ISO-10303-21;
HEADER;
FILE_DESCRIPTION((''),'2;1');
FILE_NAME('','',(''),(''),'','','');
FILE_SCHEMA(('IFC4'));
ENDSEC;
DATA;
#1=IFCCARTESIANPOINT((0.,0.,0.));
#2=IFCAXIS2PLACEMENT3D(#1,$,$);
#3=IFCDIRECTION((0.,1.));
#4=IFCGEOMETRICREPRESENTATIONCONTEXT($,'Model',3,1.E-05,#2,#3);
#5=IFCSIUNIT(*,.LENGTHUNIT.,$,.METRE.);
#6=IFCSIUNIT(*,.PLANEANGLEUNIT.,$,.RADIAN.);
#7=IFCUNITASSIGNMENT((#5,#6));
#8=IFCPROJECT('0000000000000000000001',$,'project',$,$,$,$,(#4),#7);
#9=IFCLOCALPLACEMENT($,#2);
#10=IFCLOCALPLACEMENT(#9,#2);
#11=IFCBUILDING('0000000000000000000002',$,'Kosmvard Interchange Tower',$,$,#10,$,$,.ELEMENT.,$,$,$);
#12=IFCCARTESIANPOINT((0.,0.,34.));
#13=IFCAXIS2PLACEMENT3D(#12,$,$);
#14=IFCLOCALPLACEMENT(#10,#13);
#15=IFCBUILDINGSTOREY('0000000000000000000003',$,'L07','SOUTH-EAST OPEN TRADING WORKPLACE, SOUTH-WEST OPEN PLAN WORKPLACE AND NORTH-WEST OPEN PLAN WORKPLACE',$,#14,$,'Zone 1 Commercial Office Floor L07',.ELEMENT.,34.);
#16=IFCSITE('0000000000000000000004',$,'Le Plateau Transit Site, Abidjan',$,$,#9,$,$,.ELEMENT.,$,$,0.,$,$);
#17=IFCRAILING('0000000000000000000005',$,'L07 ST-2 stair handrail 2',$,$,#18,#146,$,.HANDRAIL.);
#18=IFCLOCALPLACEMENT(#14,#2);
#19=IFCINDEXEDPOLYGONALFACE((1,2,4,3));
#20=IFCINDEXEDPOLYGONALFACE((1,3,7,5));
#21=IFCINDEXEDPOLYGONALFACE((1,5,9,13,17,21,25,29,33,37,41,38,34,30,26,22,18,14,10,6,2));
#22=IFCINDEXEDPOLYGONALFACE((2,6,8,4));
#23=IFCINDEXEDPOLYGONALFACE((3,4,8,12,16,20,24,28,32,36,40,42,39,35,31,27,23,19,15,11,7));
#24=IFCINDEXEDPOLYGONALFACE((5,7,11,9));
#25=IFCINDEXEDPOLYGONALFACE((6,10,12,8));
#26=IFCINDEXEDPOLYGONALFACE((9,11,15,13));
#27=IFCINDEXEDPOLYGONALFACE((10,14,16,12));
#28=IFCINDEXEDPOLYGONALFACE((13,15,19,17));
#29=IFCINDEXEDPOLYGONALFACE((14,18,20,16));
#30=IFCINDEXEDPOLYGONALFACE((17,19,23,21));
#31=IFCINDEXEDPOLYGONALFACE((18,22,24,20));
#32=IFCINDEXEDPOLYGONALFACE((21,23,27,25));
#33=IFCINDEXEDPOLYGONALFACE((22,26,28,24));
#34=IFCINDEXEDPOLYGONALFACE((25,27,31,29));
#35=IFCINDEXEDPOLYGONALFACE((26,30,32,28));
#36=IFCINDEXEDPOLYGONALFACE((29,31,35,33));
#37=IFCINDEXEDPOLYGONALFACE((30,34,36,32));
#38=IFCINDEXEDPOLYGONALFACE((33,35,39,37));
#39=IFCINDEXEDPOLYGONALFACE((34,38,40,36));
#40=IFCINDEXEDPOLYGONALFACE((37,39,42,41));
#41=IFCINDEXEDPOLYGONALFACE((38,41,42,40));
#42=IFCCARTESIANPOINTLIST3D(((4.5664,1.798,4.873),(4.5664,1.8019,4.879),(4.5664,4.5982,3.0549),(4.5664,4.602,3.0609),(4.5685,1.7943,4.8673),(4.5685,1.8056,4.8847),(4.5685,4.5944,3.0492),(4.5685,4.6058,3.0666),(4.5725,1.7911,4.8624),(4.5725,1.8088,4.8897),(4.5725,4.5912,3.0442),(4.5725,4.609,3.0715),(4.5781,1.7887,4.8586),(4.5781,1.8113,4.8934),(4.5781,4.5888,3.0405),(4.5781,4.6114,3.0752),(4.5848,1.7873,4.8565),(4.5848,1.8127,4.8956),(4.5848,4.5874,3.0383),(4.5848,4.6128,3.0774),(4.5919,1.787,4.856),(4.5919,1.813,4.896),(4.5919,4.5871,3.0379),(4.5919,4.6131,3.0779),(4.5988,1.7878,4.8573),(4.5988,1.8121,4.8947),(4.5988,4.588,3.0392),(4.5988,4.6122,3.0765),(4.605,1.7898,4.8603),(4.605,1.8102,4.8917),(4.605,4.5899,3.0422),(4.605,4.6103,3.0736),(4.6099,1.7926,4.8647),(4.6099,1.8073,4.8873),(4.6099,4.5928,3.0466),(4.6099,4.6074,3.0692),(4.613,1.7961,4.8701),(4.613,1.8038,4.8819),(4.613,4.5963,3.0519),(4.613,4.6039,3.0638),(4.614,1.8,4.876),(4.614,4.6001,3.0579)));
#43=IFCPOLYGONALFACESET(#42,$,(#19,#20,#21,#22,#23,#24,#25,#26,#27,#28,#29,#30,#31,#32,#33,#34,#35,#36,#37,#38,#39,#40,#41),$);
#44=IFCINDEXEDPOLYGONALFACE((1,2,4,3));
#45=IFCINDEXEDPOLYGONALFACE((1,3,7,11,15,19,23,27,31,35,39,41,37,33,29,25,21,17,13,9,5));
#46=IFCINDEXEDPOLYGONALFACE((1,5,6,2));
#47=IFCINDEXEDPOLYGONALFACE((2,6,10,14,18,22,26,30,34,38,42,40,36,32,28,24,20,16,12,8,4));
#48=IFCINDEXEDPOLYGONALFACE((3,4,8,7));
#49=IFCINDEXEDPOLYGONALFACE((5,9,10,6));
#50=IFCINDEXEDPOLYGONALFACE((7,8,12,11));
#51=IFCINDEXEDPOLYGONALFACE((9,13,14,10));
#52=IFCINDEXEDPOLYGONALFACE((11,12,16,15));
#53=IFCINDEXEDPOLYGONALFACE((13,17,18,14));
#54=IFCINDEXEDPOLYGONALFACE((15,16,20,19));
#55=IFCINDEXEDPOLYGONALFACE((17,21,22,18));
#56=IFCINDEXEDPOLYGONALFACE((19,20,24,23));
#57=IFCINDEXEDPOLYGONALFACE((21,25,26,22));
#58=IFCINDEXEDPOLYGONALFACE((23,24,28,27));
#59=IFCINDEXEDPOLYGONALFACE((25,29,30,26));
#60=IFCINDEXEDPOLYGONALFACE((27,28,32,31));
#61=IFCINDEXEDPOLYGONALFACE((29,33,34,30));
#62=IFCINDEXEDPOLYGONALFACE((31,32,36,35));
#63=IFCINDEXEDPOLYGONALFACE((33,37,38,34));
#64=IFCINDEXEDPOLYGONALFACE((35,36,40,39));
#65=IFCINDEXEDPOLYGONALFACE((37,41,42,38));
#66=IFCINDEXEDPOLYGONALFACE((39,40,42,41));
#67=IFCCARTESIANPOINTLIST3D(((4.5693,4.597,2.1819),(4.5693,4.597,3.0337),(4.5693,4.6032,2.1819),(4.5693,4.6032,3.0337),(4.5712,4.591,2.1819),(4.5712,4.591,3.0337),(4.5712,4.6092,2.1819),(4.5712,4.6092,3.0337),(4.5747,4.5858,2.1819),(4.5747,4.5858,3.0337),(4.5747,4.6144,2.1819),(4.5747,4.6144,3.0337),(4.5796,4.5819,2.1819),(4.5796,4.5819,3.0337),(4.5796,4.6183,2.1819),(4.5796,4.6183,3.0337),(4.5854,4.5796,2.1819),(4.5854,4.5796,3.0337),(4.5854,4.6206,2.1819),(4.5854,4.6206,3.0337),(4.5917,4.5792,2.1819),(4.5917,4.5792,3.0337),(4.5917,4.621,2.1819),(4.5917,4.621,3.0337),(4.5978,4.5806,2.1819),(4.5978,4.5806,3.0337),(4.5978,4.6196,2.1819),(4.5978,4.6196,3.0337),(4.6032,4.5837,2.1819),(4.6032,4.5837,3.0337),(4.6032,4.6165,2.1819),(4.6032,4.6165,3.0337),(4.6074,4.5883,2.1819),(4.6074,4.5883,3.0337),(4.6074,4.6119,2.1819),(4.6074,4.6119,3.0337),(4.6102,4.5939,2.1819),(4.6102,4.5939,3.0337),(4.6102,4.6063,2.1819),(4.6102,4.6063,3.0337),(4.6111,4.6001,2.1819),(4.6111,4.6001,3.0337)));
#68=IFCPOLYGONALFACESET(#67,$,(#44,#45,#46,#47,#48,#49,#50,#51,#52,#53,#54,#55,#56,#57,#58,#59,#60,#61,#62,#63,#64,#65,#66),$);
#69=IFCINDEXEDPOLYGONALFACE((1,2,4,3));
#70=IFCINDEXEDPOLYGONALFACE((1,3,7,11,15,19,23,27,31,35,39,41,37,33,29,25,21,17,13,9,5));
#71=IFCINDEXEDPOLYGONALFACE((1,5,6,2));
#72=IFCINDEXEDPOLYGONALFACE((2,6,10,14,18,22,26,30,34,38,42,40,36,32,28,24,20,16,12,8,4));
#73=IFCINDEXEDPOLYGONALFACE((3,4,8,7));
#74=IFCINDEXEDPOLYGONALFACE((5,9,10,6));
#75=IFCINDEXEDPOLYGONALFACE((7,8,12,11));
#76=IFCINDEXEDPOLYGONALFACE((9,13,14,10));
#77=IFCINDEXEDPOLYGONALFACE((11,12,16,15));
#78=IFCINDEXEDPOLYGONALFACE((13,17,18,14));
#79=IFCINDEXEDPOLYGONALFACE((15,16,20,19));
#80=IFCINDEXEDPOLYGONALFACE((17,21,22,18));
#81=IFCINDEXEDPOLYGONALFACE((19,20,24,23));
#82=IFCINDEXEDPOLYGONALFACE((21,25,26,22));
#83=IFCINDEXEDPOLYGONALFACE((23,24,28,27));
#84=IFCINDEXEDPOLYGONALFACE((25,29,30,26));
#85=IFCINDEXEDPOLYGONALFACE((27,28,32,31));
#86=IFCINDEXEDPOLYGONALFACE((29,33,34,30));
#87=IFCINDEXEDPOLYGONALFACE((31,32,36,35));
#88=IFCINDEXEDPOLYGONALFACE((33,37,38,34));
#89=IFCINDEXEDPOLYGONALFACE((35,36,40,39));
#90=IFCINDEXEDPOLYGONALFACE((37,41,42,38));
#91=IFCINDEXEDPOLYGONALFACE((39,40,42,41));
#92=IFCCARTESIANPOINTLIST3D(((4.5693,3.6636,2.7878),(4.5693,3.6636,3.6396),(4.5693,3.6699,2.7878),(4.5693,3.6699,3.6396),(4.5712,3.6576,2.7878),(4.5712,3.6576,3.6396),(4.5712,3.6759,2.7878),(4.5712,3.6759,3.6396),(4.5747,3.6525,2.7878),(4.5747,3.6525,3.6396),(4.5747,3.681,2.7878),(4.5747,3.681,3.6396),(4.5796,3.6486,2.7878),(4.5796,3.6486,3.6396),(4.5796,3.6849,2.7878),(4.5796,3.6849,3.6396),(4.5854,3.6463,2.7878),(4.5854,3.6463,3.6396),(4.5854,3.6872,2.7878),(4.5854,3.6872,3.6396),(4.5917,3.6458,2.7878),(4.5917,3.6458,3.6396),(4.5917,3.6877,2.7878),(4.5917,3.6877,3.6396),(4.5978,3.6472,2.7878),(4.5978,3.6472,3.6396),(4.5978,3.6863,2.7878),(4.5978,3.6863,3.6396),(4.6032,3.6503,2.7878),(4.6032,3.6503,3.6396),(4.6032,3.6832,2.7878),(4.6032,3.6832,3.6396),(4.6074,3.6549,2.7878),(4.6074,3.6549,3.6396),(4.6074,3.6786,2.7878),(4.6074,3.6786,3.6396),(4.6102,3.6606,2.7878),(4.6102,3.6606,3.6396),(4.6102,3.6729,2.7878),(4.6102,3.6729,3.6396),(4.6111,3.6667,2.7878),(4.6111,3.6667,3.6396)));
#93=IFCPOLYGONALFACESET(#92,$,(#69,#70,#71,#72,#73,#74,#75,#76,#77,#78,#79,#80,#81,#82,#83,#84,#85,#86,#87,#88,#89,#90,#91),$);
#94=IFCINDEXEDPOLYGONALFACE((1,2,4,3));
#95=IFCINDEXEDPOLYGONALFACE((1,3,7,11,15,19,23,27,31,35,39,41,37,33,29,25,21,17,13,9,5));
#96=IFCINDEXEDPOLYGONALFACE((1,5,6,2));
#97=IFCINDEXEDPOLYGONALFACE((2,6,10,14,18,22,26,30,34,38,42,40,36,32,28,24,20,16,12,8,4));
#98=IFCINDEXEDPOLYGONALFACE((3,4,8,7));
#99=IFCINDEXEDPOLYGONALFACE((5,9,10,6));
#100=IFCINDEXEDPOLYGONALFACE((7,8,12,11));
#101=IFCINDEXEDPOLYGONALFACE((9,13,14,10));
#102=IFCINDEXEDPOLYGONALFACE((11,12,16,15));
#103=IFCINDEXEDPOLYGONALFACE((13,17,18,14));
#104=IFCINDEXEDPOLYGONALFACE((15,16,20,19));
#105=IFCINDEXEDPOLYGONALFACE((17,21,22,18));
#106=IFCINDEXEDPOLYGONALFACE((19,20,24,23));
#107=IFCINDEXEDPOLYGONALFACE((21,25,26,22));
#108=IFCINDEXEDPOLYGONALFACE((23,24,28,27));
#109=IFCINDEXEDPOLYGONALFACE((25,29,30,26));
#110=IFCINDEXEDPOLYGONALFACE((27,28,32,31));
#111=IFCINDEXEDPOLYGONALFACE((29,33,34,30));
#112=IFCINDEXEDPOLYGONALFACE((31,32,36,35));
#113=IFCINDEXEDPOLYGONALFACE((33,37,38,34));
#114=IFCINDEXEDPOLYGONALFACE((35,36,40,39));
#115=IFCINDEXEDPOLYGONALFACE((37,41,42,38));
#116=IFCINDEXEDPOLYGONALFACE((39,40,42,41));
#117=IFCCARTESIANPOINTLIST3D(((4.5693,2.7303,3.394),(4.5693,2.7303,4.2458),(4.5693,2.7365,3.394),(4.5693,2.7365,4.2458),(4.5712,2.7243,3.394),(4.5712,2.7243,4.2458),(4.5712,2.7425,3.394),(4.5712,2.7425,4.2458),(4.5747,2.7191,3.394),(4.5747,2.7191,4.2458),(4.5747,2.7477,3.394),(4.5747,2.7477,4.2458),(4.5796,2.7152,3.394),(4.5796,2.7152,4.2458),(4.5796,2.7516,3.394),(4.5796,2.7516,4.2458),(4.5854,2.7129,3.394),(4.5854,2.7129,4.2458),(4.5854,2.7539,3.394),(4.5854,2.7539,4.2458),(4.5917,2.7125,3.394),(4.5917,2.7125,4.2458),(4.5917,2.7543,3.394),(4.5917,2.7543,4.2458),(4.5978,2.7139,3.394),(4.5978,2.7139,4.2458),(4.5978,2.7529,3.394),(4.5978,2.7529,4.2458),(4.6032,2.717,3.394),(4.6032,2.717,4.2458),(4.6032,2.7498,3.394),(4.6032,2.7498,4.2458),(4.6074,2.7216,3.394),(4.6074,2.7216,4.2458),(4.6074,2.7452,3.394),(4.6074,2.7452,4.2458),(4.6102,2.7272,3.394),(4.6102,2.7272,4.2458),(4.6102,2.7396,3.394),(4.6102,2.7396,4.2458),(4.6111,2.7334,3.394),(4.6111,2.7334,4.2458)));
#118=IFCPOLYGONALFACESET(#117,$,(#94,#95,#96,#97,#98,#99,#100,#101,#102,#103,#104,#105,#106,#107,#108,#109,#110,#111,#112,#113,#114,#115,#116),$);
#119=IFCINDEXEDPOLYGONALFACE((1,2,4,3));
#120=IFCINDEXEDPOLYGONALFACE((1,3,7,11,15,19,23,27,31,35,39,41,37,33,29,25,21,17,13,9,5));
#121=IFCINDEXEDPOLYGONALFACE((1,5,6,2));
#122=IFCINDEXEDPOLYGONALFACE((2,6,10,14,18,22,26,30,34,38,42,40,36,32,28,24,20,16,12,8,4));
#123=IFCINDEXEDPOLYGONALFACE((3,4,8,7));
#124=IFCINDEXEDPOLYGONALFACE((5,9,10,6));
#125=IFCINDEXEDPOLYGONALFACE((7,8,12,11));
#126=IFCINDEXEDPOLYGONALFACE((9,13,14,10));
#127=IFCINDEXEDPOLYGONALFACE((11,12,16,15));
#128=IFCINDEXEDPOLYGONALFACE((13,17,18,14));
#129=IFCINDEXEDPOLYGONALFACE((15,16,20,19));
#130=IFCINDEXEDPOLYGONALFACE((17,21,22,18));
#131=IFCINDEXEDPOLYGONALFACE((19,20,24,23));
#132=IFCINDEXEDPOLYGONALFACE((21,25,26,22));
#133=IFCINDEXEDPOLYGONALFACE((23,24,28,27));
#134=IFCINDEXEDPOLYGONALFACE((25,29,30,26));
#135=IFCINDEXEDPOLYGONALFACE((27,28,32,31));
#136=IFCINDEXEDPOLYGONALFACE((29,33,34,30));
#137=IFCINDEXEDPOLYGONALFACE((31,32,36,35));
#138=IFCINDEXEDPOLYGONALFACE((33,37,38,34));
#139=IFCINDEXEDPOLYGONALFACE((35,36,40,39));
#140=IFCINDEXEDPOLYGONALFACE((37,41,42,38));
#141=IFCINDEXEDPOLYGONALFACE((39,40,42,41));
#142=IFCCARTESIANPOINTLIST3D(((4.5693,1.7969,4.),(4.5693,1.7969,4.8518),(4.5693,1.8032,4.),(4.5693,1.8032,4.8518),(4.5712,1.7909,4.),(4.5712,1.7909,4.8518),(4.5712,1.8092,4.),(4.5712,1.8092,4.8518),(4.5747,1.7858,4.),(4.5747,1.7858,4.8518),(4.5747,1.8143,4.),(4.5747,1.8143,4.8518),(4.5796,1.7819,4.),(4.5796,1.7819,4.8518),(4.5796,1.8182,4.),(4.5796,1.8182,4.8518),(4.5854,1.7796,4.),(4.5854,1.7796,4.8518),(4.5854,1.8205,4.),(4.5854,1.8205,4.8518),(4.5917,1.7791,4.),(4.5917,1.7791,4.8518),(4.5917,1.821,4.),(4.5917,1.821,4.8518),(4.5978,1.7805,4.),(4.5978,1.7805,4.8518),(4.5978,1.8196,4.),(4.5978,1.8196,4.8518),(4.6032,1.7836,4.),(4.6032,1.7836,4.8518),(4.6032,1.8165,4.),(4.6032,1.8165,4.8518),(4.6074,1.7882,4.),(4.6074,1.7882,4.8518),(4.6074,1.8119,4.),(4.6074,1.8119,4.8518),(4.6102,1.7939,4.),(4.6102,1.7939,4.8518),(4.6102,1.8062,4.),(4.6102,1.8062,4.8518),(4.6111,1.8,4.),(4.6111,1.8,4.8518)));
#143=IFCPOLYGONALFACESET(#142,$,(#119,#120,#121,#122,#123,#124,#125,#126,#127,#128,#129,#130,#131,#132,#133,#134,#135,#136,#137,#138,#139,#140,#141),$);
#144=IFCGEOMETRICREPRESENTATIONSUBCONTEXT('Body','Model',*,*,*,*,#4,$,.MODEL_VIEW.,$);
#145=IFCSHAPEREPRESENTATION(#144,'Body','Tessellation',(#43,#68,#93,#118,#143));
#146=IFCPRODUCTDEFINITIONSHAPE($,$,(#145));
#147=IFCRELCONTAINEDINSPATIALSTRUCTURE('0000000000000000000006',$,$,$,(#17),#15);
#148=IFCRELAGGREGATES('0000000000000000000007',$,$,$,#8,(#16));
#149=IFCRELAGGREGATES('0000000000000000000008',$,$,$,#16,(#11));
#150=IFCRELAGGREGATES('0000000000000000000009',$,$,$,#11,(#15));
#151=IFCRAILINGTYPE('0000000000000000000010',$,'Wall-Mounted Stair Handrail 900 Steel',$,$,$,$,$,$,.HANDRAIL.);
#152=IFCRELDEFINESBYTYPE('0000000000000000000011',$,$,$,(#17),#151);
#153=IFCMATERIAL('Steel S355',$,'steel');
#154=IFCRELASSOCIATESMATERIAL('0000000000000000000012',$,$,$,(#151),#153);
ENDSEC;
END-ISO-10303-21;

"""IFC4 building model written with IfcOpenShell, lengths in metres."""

from ifc_helpers import new_model, si_unit, direction, frame, origin, origin_2d, place, context, subcontext, project, spatial, circle, extrude, source, transform, mapped, material, type_object, element, save


model = new_model("IFC4")

# Units and contexts
model_context = context("Model", 3, precision=1e-05, world=origin(), true_north=direction((0.0, 1.0)))
body_context = subcontext(model_context, "Body", "Model", "MODEL_VIEW")
ifc_project = project(units=[si_unit("LENGTHUNIT", "METRE"), si_unit("PLANEANGLEUNIT", "RADIAN")], contexts=[model_context])

# Site, building, storey
site_placement = place(None, origin())
site = spatial("IfcSite", under=ifc_project, at=site_placement, Name="Le Plateau Transit Site, Abidjan", CompositionType="ELEMENT", RefElevation=0.0)
building_placement = place(site_placement, origin())
building = spatial("IfcBuilding", under=site, at=building_placement, Name="Kosmvard Interchange Tower", CompositionType="ELEMENT")
storey_placement = place(building_placement, frame((0.0, 0.0, 34.0)))
storey = spatial("IfcBuildingStorey", under=building, at=storey_placement, Name="L07", Description="SOUTH-EAST OPEN TRADING WORKPLACE, SOUTH-WEST OPEN PLAN WORKPLACE AND NORTH-WEST OPEN PLAN WORKPLACE", LongName="Zone 1 Commercial Office Floor L07", CompositionType="ELEMENT", Elevation=34.0)

# Shared definitions
ifc_material_1 = material(Name="Steel S355", Category="steel")

# Railing
railing_type_1 = type_object("IfcRailingType", Name="Wall-Mounted Stair Handrail 900 Steel", PredefinedType="HANDRAIL", material=ifc_material_1)
shared_shape_1 = source(origin(), body_context, "Body", "SweptSolid", [
    extrude(circle(Radius=0.0239, at=origin_2d()), frame((0.0, 0.0, 0.876), z_axis=(0.0, -0.838706, 0.544585), x_axis=(1.0, 0.0, 0.0)), (0.0, 0.0, 1.0), 3.3386),
    extrude(circle(Radius=0.021, at=origin_2d()), origin(), (0.0, 0.0, 1.0), 0.8518),
    extrude(circle(Radius=0.021, at=origin_2d()), frame((0.0, -0.9333, 0.606)), (0.0, 0.0, 1.0), 0.8518),
    extrude(circle(Radius=0.021, at=origin_2d()), frame((0.0, -1.8667, 1.2122)), (0.0, 0.0, 1.0), 0.8518),
    extrude(circle(Radius=0.021, at=origin_2d()), frame((0.0, -2.8, 1.8181)), (0.0, 0.0, 1.0), 0.8518),
])
railing_1_placement = place(storey_placement, frame((4.5901, 4.6001, 2.1819)))
element("IfcRailing", 1, at=railing_1_placement, inside=storey, type_object=railing_type_1, Name="L07 ST-2 stair handrail 2", PredefinedType="HANDRAIL", context=body_context, shape_type="MappedRepresentation", body=[
    mapped(shared_shape_1, transform((0.0, 0.0, 0.0), scale=1.0)),
])

save(model, "model.ifc")
